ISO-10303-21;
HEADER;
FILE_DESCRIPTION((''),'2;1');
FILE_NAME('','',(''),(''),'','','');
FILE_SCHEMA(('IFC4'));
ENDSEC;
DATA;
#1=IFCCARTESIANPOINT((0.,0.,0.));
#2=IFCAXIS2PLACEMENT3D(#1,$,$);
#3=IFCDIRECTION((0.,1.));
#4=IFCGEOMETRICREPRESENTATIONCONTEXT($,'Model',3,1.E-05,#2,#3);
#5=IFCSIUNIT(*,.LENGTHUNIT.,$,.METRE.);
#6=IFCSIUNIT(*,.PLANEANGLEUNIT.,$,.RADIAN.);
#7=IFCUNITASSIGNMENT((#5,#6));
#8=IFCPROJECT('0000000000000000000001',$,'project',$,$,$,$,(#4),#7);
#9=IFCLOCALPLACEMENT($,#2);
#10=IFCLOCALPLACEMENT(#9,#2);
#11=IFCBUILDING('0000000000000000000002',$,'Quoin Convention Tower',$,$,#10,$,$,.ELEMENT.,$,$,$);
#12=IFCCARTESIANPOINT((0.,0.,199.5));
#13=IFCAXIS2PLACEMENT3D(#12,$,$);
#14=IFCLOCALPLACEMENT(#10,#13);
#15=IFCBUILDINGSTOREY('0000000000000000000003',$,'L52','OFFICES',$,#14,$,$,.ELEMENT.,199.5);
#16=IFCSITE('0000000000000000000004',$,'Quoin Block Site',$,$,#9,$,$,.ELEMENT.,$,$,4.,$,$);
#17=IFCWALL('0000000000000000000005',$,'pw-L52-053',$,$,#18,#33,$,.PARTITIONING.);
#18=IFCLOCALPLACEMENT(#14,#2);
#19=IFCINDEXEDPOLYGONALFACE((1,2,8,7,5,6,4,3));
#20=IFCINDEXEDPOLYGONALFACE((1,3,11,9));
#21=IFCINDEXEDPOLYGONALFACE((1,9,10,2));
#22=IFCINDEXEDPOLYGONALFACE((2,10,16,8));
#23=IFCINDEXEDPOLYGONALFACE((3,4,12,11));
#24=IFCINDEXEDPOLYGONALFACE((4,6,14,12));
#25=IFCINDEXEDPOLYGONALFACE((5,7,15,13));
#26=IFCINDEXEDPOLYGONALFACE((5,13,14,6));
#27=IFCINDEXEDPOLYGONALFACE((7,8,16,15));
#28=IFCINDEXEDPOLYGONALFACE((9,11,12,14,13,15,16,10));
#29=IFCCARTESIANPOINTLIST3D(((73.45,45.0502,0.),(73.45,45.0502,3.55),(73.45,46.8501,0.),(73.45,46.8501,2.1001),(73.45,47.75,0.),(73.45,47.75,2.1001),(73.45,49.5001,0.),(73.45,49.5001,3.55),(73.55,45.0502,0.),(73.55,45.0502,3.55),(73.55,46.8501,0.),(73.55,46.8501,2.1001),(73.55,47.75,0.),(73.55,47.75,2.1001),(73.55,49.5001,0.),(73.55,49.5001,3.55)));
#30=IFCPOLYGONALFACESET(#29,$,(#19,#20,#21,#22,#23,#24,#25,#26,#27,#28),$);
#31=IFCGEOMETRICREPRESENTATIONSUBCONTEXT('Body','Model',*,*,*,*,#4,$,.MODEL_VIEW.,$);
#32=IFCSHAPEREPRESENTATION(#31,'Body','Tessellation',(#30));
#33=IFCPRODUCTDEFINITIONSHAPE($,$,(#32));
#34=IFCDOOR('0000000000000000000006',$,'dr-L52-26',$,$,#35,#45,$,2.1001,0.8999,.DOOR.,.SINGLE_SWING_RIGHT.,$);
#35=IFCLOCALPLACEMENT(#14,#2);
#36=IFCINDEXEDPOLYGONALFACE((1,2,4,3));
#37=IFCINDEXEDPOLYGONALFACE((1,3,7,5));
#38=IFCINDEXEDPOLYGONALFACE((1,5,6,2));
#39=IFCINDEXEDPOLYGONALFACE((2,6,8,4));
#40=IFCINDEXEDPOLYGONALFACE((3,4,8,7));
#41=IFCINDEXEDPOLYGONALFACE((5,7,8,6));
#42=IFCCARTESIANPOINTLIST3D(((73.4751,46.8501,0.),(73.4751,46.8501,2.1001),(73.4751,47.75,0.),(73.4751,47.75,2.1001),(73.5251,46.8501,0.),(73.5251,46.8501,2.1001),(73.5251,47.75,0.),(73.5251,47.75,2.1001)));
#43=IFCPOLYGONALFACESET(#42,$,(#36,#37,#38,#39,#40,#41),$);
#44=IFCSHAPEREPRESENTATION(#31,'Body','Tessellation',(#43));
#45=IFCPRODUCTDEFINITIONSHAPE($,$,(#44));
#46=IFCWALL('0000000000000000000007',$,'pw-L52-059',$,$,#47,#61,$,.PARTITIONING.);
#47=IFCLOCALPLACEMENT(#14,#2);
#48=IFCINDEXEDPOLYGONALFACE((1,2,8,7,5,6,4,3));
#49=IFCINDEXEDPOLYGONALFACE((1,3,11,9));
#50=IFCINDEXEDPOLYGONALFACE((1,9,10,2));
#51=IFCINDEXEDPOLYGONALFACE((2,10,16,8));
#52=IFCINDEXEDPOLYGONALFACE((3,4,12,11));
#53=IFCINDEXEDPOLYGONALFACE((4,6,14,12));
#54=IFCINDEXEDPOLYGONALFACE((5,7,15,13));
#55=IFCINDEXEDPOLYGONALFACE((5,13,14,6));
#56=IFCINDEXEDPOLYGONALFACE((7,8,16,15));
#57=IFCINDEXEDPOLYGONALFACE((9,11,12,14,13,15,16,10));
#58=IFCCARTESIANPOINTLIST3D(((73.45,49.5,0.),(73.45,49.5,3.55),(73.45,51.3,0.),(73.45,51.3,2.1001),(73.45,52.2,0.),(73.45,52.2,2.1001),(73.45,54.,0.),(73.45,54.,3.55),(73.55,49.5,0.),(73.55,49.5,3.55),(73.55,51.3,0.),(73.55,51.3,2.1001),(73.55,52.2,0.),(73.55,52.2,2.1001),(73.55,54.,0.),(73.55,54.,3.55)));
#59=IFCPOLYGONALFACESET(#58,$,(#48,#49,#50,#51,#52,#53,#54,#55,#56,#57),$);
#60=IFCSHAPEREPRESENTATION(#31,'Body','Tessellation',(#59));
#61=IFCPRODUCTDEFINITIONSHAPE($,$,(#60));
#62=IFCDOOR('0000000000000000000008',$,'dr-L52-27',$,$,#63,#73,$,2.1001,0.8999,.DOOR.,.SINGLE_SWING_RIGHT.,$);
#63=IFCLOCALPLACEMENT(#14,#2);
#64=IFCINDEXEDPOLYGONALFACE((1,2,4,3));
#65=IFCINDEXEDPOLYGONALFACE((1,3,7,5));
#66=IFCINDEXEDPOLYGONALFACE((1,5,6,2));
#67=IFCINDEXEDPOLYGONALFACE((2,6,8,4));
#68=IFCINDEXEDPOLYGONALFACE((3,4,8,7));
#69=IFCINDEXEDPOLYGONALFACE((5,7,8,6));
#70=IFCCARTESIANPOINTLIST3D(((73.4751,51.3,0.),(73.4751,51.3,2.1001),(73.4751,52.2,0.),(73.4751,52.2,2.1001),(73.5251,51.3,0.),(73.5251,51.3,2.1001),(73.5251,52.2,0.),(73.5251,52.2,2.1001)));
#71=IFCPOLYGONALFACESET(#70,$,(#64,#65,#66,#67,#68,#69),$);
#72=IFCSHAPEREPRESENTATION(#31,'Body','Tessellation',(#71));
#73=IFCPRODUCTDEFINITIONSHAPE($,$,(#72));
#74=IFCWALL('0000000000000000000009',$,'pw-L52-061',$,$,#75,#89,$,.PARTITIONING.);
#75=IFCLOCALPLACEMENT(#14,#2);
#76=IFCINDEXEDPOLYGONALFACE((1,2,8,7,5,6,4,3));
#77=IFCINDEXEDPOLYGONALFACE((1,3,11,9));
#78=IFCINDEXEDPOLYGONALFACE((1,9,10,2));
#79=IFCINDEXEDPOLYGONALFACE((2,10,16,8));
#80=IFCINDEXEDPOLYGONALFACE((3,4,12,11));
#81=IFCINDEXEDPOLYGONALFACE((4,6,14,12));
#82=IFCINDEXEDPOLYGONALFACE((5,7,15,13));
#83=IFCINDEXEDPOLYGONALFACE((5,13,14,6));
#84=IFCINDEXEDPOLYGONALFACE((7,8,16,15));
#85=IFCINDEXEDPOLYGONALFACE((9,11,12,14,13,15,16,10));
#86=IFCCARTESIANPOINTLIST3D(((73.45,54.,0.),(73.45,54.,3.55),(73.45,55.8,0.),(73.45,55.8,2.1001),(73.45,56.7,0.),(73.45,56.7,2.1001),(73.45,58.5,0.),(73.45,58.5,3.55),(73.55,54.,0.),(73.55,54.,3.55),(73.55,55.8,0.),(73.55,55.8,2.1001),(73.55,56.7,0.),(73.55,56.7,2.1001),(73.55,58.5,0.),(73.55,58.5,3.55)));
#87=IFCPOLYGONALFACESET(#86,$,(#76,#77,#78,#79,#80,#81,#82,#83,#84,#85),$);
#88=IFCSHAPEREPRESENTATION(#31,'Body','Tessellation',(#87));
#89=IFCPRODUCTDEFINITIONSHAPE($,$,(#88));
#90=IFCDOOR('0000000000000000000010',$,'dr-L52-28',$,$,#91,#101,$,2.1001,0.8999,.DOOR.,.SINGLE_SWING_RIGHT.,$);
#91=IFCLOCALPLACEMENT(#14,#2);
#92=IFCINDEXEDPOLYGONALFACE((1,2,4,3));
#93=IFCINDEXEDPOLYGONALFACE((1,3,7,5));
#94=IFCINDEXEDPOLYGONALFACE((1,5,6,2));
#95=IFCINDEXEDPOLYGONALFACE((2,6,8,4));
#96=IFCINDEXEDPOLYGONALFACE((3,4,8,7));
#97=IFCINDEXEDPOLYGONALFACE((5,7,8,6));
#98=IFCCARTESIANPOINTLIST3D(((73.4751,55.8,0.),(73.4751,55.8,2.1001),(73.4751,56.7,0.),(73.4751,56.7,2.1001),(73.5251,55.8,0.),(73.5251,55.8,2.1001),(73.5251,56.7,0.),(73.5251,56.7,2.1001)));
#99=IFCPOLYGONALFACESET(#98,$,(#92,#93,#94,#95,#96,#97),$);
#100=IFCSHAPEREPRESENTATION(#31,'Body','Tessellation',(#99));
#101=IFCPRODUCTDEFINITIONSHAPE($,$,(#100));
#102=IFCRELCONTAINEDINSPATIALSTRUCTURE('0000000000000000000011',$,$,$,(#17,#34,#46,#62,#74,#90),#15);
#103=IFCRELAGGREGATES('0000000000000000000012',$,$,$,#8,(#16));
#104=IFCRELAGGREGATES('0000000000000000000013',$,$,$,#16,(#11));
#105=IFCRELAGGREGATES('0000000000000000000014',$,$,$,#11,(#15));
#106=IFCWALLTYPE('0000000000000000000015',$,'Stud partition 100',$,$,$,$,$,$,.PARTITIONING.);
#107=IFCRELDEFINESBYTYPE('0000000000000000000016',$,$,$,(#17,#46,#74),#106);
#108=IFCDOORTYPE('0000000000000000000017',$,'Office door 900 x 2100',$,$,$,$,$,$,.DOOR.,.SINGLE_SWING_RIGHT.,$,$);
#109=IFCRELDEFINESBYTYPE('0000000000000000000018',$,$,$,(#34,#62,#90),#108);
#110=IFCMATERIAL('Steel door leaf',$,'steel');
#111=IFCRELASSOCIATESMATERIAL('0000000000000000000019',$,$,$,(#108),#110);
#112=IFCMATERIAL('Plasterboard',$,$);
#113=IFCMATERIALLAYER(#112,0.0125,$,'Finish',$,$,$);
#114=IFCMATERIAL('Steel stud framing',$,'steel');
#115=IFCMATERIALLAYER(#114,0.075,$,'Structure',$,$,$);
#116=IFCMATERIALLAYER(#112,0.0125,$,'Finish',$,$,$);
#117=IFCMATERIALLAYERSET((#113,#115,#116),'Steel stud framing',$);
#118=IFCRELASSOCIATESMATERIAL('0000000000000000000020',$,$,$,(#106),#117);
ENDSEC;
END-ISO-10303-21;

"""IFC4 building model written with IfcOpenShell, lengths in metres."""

from ifc_helpers import new_model, si_unit, direction, frame, frame_2d, origin, place, context, subcontext, project, spatial, rectangle, extrude, material, layer, layer_set, type_object, element, fill, save


model = new_model("IFC4")

# Units and contexts
model_context = context("Model", 3, precision=1e-05, world=origin(), true_north=direction((0.0, 1.0)))
body_context = subcontext(model_context, "Body", "Model", "MODEL_VIEW")
ifc_project = project(units=[si_unit("LENGTHUNIT", "METRE"), si_unit("PLANEANGLEUNIT", "RADIAN")], contexts=[model_context])

# Site, building, storey
site_placement = place(None, origin())
site = spatial("IfcSite", under=ifc_project, at=site_placement, Name="Quoin Block Site", CompositionType="ELEMENT", RefElevation=4.0)
building_placement = place(site_placement, origin())
building = spatial("IfcBuilding", under=site, at=building_placement, Name="Quoin Convention Tower", CompositionType="ELEMENT")
storey_placement = place(building_placement, frame((0.0, 0.0, 199.5)))
storey = spatial("IfcBuildingStorey", under=building, at=storey_placement, Name="L52", Description="OFFICES", CompositionType="ELEMENT", Elevation=199.5)

# Shared definitions
ifc_material_1 = material(Name="Plasterboard")
ifc_material_2 = material(Name="Steel stud framing", Category="steel")
ifc_material_3 = material(Name="Steel door leaf", Category="steel")
door_type_1 = type_object("IfcDoorType", Name="Office door 900 x 2100", OperationType="SINGLE_SWING_RIGHT", PredefinedType="DOOR", material=ifc_material_3)

# Shared definitions
ifc_layer_1 = layer(ifc_material_1, 0.0125, Name="Finish")
ifc_layer_2 = layer(ifc_material_2, 0.075, Name="Structure")
ifc_layer_3 = layer(ifc_material_1, 0.0125, Name="Finish")
ifc_layer_set_1 = layer_set([ifc_layer_1, ifc_layer_2, ifc_layer_3], Name="Steel stud framing")
wall_type_1 = type_object("IfcWallType", Name="Stud partition 100", PredefinedType="PARTITIONING", material=ifc_layer_set_1)

# Walls, openings, doors
wall_1_placement = place(storey_placement, frame((73.5, 45.05, 0.0), z_axis=(0.0, 0.0, 1.0), x_axis=(0.0, 1.0, 0.0)))
wall_1 = element("IfcWall", 1, at=wall_1_placement, inside=storey, type_object=wall_type_1, Name="pw-L52-053", PredefinedType="PARTITIONING", context=body_context, shape_type="SweptSolid", body=[
    extrude(rectangle(XDim=4.45, YDim=0.1001, at=frame_2d((2.2251, 0.0))), origin(), (0.0, 0.0, 1.0), 3.55),
])
opening_1_placement = place(wall_1_placement, frame((1.8, 0.0, 0.0)))
opening_1 = element("IfcOpeningElement", 2, at=opening_1_placement, cuts=wall_1, PredefinedType="OPENING", context=body_context, shape_type="SweptSolid", body=[
    extrude(rectangle(XDim=0.8999, YDim=2.1001, at=frame_2d((0.45, 1.05))), frame((0.0, 0.0601, 0.0), z_axis=(0.0, -1.0, 0.0), x_axis=(1.0, 0.0, 0.0)), (0.0, 0.0, 1.0), 0.1201),
])
door_1_placement = place(opening_1_placement, origin())
door_1 = element("IfcDoor", 3, at=door_1_placement, inside=storey, type_object=door_type_1, Name="dr-L52-26", OperationType="SINGLE_SWING_RIGHT", OverallHeight=2.1001, OverallWidth=0.8999, PredefinedType="DOOR", context=body_context, shape_type="SweptSolid", body=[
    extrude(rectangle(XDim=0.8999, YDim=2.1001, at=frame_2d((0.45, 1.05))), frame((0.0, 0.0249, 0.0), z_axis=(0.0, -1.0, 0.0), x_axis=(1.0, 0.0, 0.0)), (0.0, 0.0, 1.0), 0.05),
])
fill(opening_1, door_1)
wall_2_placement = place(storey_placement, frame((73.5, 49.5, 0.0), z_axis=(0.0, 0.0, 1.0), x_axis=(0.0, 1.0, 0.0)))
wall_2 = element("IfcWall", 4, at=wall_2_placement, inside=storey, type_object=wall_type_1, Name="pw-L52-059", PredefinedType="PARTITIONING", context=body_context, shape_type="SweptSolid", body=[
    extrude(rectangle(XDim=4.5, YDim=0.1001, at=frame_2d((2.25, 0.0))), origin(), (0.0, 0.0, 1.0), 3.55),
])
opening_2_placement = place(wall_2_placement, frame((1.8, 0.0, 0.0)))
opening_2 = element("IfcOpeningElement", 5, at=opening_2_placement, cuts=wall_2, PredefinedType="OPENING", context=body_context, shape_type="SweptSolid", body=[
    extrude(rectangle(XDim=0.8999, YDim=2.1001, at=frame_2d((0.45, 1.05))), frame((0.0, 0.0601, 0.0), z_axis=(0.0, -1.0, 0.0), x_axis=(1.0, 0.0, 0.0)), (0.0, 0.0, 1.0), 0.1201),
])
door_2_placement = place(opening_2_placement, origin())
door_2 = element("IfcDoor", 6, at=door_2_placement, inside=storey, type_object=door_type_1, Name="dr-L52-27", OperationType="SINGLE_SWING_RIGHT", OverallHeight=2.1001, OverallWidth=0.8999, PredefinedType="DOOR", context=body_context, shape_type="SweptSolid", body=[
    extrude(rectangle(XDim=0.8999, YDim=2.1001, at=frame_2d((0.45, 1.05))), frame((0.0, 0.0249, 0.0), z_axis=(0.0, -1.0, 0.0), x_axis=(1.0, 0.0, 0.0)), (0.0, 0.0, 1.0), 0.05),
])
fill(opening_2, door_2)
wall_3_placement = place(storey_placement, frame((73.5, 54.0, 0.0), z_axis=(0.0, 0.0, 1.0), x_axis=(0.0, 1.0, 0.0)))
wall_3 = element("IfcWall", 7, at=wall_3_placement, inside=storey, type_object=wall_type_1, Name="pw-L52-061", PredefinedType="PARTITIONING", context=body_context, shape_type="SweptSolid", body=[
    extrude(rectangle(XDim=4.5, YDim=0.1001, at=frame_2d((2.25, 0.0))), origin(), (0.0, 0.0, 1.0), 3.55),
])
opening_3_placement = place(wall_3_placement, frame((1.8, 0.0, 0.0)))
opening_3 = element("IfcOpeningElement", 8, at=opening_3_placement, cuts=wall_3, PredefinedType="OPENING", context=body_context, shape_type="SweptSolid", body=[
    extrude(rectangle(XDim=0.8999, YDim=2.1001, at=frame_2d((0.45, 1.05))), frame((0.0, 0.0601, 0.0), z_axis=(0.0, -1.0, 0.0), x_axis=(1.0, 0.0, 0.0)), (0.0, 0.0, 1.0), 0.1201),
])
door_3_placement = place(opening_3_placement, origin())
door_3 = element("IfcDoor", 9, at=door_3_placement, inside=storey, type_object=door_type_1, Name="dr-L52-28", OperationType="SINGLE_SWING_RIGHT", OverallHeight=2.1001, OverallWidth=0.8999, PredefinedType="DOOR", context=body_context, shape_type="SweptSolid", body=[
    extrude(rectangle(XDim=0.8999, YDim=2.1001, at=frame_2d((0.45, 1.05))), frame((0.0, 0.0249, 0.0), z_axis=(0.0, -1.0, 0.0), x_axis=(1.0, 0.0, 0.0)), (0.0, 0.0, 1.0), 0.05),
])
fill(opening_3, door_3)

save(model, "model.ifc")
